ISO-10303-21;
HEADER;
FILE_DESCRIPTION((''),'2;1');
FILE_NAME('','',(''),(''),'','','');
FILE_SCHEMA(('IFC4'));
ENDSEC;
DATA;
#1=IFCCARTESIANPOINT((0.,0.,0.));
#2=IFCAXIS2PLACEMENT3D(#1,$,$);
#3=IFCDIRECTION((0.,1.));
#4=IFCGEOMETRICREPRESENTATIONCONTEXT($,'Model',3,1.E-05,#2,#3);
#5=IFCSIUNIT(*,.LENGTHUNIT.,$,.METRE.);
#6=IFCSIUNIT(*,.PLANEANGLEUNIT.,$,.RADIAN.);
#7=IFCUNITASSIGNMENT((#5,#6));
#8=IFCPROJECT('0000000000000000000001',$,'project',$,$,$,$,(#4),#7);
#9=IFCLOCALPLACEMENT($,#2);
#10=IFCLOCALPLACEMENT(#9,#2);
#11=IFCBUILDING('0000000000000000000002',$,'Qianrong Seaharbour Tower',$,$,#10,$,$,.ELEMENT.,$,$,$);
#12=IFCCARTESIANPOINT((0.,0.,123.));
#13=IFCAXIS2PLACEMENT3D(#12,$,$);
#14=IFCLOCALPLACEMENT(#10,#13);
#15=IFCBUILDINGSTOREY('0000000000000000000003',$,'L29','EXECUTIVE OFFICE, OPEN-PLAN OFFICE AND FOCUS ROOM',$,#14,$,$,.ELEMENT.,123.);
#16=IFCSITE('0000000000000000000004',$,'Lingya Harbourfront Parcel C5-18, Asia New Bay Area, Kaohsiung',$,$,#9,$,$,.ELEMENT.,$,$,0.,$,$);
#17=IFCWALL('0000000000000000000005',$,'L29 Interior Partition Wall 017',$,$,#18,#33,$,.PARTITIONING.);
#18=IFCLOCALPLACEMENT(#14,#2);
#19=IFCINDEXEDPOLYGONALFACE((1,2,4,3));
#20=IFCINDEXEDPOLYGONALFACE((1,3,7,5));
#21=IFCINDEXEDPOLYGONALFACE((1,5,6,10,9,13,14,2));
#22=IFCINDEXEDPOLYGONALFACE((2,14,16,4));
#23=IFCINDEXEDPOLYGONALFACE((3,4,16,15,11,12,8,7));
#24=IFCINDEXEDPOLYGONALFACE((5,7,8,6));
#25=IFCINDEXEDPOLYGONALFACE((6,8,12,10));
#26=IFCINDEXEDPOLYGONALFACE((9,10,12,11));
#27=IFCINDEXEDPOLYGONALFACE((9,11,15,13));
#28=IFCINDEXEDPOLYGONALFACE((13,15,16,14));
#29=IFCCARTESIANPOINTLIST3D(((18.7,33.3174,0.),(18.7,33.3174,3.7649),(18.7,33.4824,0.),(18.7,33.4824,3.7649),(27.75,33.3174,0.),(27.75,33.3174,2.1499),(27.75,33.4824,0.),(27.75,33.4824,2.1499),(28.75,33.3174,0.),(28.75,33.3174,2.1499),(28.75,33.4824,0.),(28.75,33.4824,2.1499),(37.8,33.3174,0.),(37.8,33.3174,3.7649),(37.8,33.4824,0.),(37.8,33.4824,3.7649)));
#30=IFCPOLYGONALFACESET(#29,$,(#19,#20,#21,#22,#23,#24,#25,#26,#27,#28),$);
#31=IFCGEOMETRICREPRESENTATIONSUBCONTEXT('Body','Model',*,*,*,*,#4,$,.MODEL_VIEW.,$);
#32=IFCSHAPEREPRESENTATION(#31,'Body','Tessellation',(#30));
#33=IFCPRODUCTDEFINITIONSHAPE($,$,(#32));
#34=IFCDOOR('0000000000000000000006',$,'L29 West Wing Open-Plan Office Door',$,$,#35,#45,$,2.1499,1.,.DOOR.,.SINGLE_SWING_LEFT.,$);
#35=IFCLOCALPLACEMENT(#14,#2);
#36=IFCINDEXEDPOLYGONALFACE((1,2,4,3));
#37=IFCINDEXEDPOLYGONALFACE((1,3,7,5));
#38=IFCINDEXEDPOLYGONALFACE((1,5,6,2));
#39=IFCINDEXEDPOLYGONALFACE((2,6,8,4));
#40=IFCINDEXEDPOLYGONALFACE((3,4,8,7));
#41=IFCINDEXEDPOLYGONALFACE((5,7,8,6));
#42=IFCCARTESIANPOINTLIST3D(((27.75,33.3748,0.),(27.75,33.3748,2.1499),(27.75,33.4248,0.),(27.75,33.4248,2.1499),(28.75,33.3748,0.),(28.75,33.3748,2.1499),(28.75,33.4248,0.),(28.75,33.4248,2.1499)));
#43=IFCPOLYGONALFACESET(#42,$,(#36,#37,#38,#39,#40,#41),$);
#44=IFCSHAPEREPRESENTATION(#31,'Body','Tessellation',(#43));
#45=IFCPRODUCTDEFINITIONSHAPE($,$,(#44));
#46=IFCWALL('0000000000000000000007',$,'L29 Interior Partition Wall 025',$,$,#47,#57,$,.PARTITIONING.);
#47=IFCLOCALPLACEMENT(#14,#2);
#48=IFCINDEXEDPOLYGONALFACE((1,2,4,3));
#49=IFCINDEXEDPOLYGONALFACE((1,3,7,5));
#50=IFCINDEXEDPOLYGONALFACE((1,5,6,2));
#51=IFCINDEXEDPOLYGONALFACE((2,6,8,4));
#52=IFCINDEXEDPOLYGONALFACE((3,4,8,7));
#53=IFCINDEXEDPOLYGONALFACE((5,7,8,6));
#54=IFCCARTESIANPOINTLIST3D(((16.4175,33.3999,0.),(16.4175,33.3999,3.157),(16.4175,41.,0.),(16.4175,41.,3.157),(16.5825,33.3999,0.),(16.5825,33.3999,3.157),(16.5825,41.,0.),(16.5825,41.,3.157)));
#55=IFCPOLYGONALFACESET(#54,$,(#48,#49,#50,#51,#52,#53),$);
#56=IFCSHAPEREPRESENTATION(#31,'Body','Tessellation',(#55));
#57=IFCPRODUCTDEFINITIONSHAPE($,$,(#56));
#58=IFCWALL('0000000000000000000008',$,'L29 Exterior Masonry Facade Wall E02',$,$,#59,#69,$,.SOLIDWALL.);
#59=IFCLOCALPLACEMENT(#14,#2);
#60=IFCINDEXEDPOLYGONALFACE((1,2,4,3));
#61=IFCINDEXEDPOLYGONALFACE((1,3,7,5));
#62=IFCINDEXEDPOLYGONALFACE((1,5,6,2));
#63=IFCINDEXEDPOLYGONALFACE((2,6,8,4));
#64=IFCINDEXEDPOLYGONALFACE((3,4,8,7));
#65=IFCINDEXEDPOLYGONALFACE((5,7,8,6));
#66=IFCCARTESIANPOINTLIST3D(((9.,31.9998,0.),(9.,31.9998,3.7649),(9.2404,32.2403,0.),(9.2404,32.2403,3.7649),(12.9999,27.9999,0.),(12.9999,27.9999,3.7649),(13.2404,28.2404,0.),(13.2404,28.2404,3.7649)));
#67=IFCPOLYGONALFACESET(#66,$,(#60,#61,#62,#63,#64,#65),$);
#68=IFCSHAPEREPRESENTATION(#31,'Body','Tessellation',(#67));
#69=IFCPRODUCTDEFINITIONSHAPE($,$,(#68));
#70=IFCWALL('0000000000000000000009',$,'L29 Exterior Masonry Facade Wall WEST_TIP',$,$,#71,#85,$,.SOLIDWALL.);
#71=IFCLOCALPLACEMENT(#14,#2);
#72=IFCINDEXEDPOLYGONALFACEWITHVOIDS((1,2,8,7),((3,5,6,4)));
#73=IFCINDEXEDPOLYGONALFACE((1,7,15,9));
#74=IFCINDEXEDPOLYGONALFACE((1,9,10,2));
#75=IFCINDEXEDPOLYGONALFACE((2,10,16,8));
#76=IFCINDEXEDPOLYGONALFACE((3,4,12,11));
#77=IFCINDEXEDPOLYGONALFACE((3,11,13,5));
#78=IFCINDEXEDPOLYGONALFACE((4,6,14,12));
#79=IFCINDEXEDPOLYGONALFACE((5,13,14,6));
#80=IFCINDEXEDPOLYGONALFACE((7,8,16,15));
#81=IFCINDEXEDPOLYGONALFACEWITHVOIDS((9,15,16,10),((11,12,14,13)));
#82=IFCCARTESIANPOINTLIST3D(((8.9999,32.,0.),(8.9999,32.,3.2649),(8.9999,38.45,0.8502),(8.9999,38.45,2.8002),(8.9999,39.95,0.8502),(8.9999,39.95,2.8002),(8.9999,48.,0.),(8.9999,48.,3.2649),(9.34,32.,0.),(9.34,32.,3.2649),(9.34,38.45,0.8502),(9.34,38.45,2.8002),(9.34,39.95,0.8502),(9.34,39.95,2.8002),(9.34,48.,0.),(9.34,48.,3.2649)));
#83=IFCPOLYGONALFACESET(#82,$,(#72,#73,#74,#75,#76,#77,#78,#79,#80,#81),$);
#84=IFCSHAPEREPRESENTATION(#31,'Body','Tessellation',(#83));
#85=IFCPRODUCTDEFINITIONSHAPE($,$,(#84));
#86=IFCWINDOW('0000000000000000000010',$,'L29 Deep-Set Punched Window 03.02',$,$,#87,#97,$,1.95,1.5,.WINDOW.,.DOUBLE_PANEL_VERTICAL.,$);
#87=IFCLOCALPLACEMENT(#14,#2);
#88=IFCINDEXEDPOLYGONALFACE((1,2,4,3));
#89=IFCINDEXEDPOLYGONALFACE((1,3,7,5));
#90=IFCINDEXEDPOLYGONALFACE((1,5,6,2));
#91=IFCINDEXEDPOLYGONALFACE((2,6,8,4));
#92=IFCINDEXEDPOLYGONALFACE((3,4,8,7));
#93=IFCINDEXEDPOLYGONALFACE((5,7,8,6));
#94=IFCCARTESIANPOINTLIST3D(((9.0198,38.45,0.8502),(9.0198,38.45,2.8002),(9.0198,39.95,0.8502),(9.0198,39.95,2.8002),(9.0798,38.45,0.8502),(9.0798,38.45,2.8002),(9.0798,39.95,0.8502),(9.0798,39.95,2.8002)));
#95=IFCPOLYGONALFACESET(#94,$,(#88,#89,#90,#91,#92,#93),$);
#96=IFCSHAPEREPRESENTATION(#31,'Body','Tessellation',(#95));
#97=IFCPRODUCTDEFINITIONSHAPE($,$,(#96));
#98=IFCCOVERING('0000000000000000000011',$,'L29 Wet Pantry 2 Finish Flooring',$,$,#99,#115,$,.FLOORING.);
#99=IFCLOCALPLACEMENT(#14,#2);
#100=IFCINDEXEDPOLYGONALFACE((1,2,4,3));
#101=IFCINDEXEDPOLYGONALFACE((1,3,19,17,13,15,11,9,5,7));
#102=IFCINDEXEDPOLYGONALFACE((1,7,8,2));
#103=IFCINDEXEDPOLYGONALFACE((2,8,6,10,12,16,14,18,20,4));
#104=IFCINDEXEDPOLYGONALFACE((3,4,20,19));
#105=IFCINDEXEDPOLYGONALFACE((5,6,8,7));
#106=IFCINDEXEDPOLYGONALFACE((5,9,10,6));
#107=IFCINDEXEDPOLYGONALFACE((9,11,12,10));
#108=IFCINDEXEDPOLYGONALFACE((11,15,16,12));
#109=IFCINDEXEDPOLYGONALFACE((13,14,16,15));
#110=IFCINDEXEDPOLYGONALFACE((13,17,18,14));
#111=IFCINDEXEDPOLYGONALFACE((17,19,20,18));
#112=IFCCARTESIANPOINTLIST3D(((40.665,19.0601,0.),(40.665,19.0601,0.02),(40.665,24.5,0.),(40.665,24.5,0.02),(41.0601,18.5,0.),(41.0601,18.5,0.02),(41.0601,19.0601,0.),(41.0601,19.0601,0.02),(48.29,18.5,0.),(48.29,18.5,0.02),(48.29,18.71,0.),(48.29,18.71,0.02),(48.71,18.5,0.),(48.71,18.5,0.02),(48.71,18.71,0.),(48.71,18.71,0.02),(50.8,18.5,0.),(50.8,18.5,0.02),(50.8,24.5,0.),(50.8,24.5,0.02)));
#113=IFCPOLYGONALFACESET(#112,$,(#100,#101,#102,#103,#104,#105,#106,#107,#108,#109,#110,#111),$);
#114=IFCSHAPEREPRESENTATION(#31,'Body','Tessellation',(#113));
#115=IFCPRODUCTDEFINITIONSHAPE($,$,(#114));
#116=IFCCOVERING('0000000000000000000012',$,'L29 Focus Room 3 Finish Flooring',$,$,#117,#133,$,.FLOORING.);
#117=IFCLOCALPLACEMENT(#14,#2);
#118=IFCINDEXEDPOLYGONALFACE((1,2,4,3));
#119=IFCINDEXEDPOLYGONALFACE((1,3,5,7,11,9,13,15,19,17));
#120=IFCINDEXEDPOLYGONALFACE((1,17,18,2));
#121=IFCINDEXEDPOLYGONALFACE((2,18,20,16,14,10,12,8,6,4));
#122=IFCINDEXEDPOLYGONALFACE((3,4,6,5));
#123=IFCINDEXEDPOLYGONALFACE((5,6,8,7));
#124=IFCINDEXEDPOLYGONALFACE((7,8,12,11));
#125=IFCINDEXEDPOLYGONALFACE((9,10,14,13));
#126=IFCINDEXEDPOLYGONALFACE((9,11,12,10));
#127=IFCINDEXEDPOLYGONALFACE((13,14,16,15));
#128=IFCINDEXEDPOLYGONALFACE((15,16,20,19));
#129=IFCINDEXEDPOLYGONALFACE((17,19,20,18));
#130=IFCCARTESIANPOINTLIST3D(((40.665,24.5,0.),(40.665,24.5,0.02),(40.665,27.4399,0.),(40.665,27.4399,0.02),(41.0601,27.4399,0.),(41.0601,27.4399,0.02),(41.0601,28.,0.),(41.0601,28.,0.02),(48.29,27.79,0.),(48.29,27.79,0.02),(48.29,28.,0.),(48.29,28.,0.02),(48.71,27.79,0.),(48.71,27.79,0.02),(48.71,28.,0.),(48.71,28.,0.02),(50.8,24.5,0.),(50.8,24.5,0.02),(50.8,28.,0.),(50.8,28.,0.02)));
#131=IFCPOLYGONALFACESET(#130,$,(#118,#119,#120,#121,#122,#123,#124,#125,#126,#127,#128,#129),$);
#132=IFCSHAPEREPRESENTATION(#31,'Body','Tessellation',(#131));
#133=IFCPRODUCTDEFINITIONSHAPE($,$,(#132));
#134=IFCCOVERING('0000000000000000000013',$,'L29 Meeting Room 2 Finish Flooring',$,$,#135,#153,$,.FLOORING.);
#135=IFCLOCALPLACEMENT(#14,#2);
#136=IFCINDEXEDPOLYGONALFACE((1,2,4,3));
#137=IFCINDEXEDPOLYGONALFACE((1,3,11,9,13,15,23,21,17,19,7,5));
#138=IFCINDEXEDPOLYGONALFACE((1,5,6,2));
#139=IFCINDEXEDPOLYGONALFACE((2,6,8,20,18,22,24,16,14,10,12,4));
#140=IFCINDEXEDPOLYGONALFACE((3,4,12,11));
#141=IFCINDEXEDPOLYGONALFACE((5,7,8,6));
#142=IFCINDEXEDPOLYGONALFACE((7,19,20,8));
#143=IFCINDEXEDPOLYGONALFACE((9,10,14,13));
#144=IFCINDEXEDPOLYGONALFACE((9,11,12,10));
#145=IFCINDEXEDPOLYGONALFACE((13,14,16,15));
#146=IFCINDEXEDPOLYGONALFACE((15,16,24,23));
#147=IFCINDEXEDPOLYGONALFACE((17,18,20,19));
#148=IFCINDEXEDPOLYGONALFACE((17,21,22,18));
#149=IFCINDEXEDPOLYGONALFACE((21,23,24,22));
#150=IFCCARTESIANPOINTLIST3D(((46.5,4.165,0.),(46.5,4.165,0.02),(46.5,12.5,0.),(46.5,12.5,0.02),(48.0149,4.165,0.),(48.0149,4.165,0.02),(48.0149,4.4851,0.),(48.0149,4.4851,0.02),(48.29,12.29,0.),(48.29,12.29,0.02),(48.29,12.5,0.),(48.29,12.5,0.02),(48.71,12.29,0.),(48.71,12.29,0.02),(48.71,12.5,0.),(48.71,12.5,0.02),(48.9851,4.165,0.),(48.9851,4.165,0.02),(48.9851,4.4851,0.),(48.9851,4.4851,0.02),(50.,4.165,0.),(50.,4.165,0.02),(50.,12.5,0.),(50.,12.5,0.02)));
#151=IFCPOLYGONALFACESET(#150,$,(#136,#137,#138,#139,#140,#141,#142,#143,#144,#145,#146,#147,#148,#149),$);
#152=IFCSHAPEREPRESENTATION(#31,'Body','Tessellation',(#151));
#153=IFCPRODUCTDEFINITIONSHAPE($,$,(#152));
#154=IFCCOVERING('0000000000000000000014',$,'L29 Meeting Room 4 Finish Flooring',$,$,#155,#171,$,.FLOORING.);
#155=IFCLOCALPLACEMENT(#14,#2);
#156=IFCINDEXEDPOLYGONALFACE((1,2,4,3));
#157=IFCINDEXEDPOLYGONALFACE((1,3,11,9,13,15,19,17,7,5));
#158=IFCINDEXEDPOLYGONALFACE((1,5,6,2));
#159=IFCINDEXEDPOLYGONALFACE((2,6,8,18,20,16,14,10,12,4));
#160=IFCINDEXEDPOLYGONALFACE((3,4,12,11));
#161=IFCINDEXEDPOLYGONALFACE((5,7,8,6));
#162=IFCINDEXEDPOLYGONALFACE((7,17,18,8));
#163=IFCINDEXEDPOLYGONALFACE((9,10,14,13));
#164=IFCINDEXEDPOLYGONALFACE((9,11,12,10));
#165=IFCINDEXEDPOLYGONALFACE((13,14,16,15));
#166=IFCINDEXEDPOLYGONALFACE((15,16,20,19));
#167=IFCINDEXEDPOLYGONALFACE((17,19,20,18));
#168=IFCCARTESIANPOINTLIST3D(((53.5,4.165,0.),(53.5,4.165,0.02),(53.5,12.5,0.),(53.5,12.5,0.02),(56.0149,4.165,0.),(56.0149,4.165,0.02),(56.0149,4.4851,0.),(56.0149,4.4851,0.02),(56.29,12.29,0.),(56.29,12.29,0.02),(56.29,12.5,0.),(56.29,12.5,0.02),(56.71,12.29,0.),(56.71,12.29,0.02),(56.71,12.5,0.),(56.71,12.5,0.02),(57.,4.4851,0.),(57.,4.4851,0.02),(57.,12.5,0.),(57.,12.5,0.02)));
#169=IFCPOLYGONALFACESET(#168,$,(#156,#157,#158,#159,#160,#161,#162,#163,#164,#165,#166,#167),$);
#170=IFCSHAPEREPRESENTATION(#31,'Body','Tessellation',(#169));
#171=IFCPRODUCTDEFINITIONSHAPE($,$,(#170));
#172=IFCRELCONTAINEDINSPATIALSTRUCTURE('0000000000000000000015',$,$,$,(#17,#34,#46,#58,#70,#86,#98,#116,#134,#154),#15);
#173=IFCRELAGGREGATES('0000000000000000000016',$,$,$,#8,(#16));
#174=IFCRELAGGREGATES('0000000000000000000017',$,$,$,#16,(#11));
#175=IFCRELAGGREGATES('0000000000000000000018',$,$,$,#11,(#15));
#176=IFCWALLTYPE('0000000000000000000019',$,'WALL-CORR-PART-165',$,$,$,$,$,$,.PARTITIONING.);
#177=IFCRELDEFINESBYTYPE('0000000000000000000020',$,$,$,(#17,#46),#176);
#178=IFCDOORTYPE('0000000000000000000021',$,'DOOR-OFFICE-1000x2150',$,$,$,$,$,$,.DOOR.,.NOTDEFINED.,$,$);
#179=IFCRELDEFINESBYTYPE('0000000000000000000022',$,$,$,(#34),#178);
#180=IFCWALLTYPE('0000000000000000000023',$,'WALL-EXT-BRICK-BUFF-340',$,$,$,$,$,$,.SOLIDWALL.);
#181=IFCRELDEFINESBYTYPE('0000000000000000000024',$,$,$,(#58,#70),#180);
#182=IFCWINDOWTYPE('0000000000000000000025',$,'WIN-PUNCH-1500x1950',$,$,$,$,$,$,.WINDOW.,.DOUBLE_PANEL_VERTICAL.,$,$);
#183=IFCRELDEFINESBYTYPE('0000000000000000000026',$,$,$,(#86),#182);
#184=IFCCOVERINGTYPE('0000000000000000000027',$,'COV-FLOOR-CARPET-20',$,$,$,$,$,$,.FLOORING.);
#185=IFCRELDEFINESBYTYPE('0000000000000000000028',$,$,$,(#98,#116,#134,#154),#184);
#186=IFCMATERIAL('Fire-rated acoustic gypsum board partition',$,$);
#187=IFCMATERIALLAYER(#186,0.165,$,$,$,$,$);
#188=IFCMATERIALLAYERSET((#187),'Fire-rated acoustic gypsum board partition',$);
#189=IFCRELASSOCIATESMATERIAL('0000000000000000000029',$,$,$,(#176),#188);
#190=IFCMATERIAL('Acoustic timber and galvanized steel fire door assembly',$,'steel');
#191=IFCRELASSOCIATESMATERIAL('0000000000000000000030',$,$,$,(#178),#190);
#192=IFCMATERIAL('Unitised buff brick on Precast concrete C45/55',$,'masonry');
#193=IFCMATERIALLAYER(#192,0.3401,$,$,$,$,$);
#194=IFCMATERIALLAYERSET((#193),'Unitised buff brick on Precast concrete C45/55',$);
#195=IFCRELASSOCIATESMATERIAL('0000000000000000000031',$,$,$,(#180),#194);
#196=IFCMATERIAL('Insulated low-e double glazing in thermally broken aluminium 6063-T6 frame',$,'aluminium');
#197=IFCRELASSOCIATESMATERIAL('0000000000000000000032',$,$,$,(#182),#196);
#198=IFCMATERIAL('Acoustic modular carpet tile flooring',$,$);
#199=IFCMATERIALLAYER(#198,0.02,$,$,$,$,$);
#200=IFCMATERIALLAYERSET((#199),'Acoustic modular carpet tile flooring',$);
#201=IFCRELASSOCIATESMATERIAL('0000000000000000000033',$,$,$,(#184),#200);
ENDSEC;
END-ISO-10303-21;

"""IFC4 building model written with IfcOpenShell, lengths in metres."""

from ifc_helpers import new_model, si_unit, direction, frame, frame_2d, origin, place, context, subcontext, project, spatial, polyline, rectangle, outline, extrude, material, layer, layer_set, type_object, element, fill, save


model = new_model("IFC4")

# Units and contexts
model_context = context("Model", 3, precision=1e-05, world=origin(), true_north=direction((0.0, 1.0)))
body_context = subcontext(model_context, "Body", "Model", "MODEL_VIEW")
ifc_project = project(units=[si_unit("LENGTHUNIT", "METRE"), si_unit("PLANEANGLEUNIT", "RADIAN")], contexts=[model_context])

# Site, building, storey
site_placement = place(None, origin())
site = spatial("IfcSite", under=ifc_project, at=site_placement, Name="Lingya Harbourfront Parcel C5-18, Asia New Bay Area, Kaohsiung", CompositionType="ELEMENT", RefElevation=0.0)
building_placement = place(site_placement, origin())
building = spatial("IfcBuilding", under=site, at=building_placement, Name="Qianrong Seaharbour Tower", CompositionType="ELEMENT")
storey_placement = place(building_placement, frame((0.0, 0.0, 123.0)))
storey = spatial("IfcBuildingStorey", under=building, at=storey_placement, Name="L29", Description="EXECUTIVE OFFICE, OPEN-PLAN OFFICE AND FOCUS ROOM", CompositionType="ELEMENT", Elevation=123.0)

# Shared definitions
ifc_material_1 = material(Name="Fire-rated acoustic gypsum board partition")
ifc_layer_1 = layer(ifc_material_1, 0.165)
ifc_layer_set_1 = layer_set([ifc_layer_1], Name="Fire-rated acoustic gypsum board partition")
wall_type_1 = type_object("IfcWallType", Name="WALL-CORR-PART-165", PredefinedType="PARTITIONING", material=ifc_layer_set_1)

# Wall, opening, door
wall_1_placement = place(storey_placement, frame((18.7, 33.3999, 0.0), z_axis=(0.0, 0.0, 1.0), x_axis=(1.0, 0.0, 0.0)))
wall_1 = element("IfcWall", 1, at=wall_1_placement, inside=storey, type_object=wall_type_1, Name="L29 Interior Partition Wall 017", PredefinedType="PARTITIONING", context=body_context, shape_type="SweptSolid", body=[
    extrude(rectangle(XDim=19.1001, YDim=0.165, at=frame_2d((9.55, 0.0))), origin(), (0.0, 0.0, 1.0), 3.7649),
])
opening_1_placement = place(wall_1_placement, frame((9.05, 0.0, 0.0)))
opening_1 = element("IfcOpeningElement", 2, at=opening_1_placement, cuts=wall_1, PredefinedType="OPENING", context=body_context, shape_type="SweptSolid", body=[
    extrude(rectangle(XDim=1.0, YDim=2.1499, at=frame_2d((0.5, 1.075))), frame((0.0, 0.0925, 0.0), z_axis=(0.0, -1.0, 0.0), x_axis=(1.0, 0.0, 0.0)), (0.0, 0.0, 1.0), 0.1851),
])
ifc_material_2 = material(Name="Acoustic timber and galvanized steel fire door assembly", Category="steel")
door_type = type_object("IfcDoorType", Name="DOOR-OFFICE-1000x2150", OperationType="NOTDEFINED", PredefinedType="DOOR", material=ifc_material_2)
door_placement = place(opening_1_placement, origin())
door = element("IfcDoor", 3, at=door_placement, inside=storey, type_object=door_type, Name="L29 West Wing Open-Plan Office Door", OperationType="SINGLE_SWING_LEFT", OverallHeight=2.1499, OverallWidth=1.0, PredefinedType="DOOR", context=body_context, shape_type="SweptSolid", body=[
    extrude(rectangle(XDim=1.0, YDim=2.1499, at=frame_2d((0.5, 1.075))), frame((0.0, 0.0249, 0.0), z_axis=(0.0, -1.0, 0.0), x_axis=(1.0, 0.0, 0.0)), (0.0, 0.0, 1.0), 0.05),
])
fill(opening_1, door)

# Walls
wall_2_placement = place(storey_placement, frame((16.5, 33.3999, 0.0), z_axis=(0.0, 0.0, 1.0), x_axis=(0.0, 1.0, 0.0)))
element("IfcWall", 4, at=wall_2_placement, inside=storey, type_object=wall_type_1, Name="L29 Interior Partition Wall 025", PredefinedType="PARTITIONING", context=body_context, shape_type="SweptSolid", body=[
    extrude(rectangle(XDim=7.6001, YDim=0.165, at=frame_2d((3.8, 0.0))), origin(), (0.0, 0.0, 1.0), 3.157),
])
ifc_material_3 = material(Name="Unitised buff brick on Precast concrete C45/55", Category="masonry")
ifc_layer_2 = layer(ifc_material_3, 0.3401)
ifc_layer_set_2 = layer_set([ifc_layer_2], Name="Unitised buff brick on Precast concrete C45/55")
wall_type_2 = type_object("IfcWallType", Name="WALL-EXT-BRICK-BUFF-340", PredefinedType="SOLIDWALL", material=ifc_layer_set_2)
wall_3_placement = place(storey_placement, frame((13.1201, 28.1201, 0.0), z_axis=(0.0, 0.0, 1.0), x_axis=(-0.707107, 0.707107, 0.0)))
element("IfcWall", 5, at=wall_3_placement, inside=storey, type_object=wall_type_2, Name="L29 Exterior Masonry Facade Wall E02", PredefinedType="SOLIDWALL", context=body_context, shape_type="SweptSolid", body=[
    extrude(rectangle(XDim=5.6567, YDim=0.3401, at=frame_2d((2.8284, 0.0))), origin(), (0.0, 0.0, 1.0), 3.7649),
])

# Wall, opening, window
wall_4_placement = place(storey_placement, frame((9.1699, 32.0, 0.0), z_axis=(0.0, 0.0, 1.0), x_axis=(0.0, 1.0, 0.0)))
wall_4 = element("IfcWall", 6, at=wall_4_placement, inside=storey, type_object=wall_type_2, Name="L29 Exterior Masonry Facade Wall WEST_TIP", PredefinedType="SOLIDWALL", context=body_context, shape_type="SweptSolid", body=[
    extrude(rectangle(XDim=16.0, YDim=0.3401, at=frame_2d((8.0, 0.0))), origin(), (0.0, 0.0, 1.0), 3.2649),
])
opening_2_placement = place(wall_4_placement, frame((6.45, 0.0, 0.8501)))
opening_2 = element("IfcOpeningElement", 7, at=opening_2_placement, cuts=wall_4, PredefinedType="OPENING", context=body_context, shape_type="SweptSolid", body=[
    extrude(rectangle(XDim=1.5, YDim=1.95, at=frame_2d((0.75, 0.9751))), frame((0.0, 0.1802, 0.0), z_axis=(0.0, -1.0, 0.0), x_axis=(1.0, 0.0, 0.0)), (0.0, 0.0, 1.0), 0.3601),
])
ifc_material_4 = material(Name="Insulated low-e double glazing in thermally broken aluminium 6063-T6 frame", Category="aluminium")
window_type = type_object("IfcWindowType", Name="WIN-PUNCH-1500x1950", PartitioningType="DOUBLE_PANEL_VERTICAL", PredefinedType="WINDOW", material=ifc_material_4)
window_placement = place(opening_2_placement, origin())
window = element("IfcWindow", 8, at=window_placement, inside=storey, type_object=window_type, Name="L29 Deep-Set Punched Window 03.02", OverallHeight=1.95, OverallWidth=1.5, PartitioningType="DOUBLE_PANEL_VERTICAL", PredefinedType="WINDOW", context=body_context, shape_type="SweptSolid", body=[
    extrude(rectangle(XDim=1.5, YDim=1.95, at=frame_2d((0.75, 0.9751))), frame((0.0, 0.1501, 0.0), z_axis=(0.0, -1.0, 0.0), x_axis=(1.0, 0.0, 0.0)), (0.0, 0.0, 1.0), 0.0601),
])
fill(opening_2, window)

# Coverings
ifc_material_5 = material(Name="Acoustic modular carpet tile flooring")
ifc_layer_3 = layer(ifc_material_5, 0.02)
ifc_layer_set_3 = layer_set([ifc_layer_3], Name="Acoustic modular carpet tile flooring")
covering_type_1 = type_object("IfcCoveringType", Name="COV-FLOOR-CARPET-20", PredefinedType="FLOORING", material=ifc_layer_set_3)
covering_1_placement = place(storey_placement, origin())
element("IfcCovering", 9, at=covering_1_placement, inside=storey, type_object=covering_type_1, Name="L29 Wet Pantry 2 Finish Flooring", PredefinedType="FLOORING", context=body_context, shape_type="SweptSolid", body=[
    extrude(outline(polyline([(48.71, 18.5), (48.71, 18.71), (48.29, 18.71), (48.29, 18.5), (41.0601, 18.5), (41.0601, 19.0601), (40.665, 19.0601), (40.665, 24.5), (50.8, 24.5), (50.8, 18.5), (48.71, 18.5)])), origin(), (0.0, 0.0, 1.0), 0.02),
])
covering_2_placement = place(storey_placement, origin())
element("IfcCovering", 10, at=covering_2_placement, inside=storey, type_object=covering_type_1, Name="L29 Focus Room 3 Finish Flooring", PredefinedType="FLOORING", context=body_context, shape_type="SweptSolid", body=[
    extrude(outline(polyline([(40.665, 24.5), (40.665, 27.4399), (41.0601, 27.4399), (41.0601, 28.0), (48.29, 28.0), (48.29, 27.79), (48.71, 27.79), (48.71, 28.0), (50.8, 28.0), (50.8, 24.5), (40.665, 24.5)])), origin(), (0.0, 0.0, 1.0), 0.02),
])
covering_3_placement = place(storey_placement, origin())
element("IfcCovering", 11, at=covering_3_placement, inside=storey, type_object=covering_type_1, Name="L29 Meeting Room 2 Finish Flooring", PredefinedType="FLOORING", context=body_context, shape_type="SweptSolid", body=[
    extrude(outline(polyline([(50.0, 4.165), (48.9851, 4.165), (48.9851, 4.4851), (48.0149, 4.4851), (48.0149, 4.165), (46.5, 4.165), (46.5, 12.5), (48.29, 12.5), (48.29, 12.29), (48.71, 12.29), (48.71, 12.5), (50.0, 12.5), (50.0, 4.165)])), origin(), (0.0, 0.0, 1.0), 0.02),
])
covering_4_placement = place(storey_placement, origin())
element("IfcCovering", 12, at=covering_4_placement, inside=storey, type_object=covering_type_1, Name="L29 Meeting Room 4 Finish Flooring", PredefinedType="FLOORING", context=body_context, shape_type="SweptSolid", body=[
    extrude(outline(polyline([(57.0, 4.4851), (56.0149, 4.4851), (56.0149, 4.165), (53.5, 4.165), (53.5, 12.5), (56.29, 12.5), (56.29, 12.29), (56.71, 12.29), (56.71, 12.5), (57.0, 12.5), (57.0, 4.4851)])), origin(), (0.0, 0.0, 1.0), 0.02),
])

save(model, "model.ifc")
